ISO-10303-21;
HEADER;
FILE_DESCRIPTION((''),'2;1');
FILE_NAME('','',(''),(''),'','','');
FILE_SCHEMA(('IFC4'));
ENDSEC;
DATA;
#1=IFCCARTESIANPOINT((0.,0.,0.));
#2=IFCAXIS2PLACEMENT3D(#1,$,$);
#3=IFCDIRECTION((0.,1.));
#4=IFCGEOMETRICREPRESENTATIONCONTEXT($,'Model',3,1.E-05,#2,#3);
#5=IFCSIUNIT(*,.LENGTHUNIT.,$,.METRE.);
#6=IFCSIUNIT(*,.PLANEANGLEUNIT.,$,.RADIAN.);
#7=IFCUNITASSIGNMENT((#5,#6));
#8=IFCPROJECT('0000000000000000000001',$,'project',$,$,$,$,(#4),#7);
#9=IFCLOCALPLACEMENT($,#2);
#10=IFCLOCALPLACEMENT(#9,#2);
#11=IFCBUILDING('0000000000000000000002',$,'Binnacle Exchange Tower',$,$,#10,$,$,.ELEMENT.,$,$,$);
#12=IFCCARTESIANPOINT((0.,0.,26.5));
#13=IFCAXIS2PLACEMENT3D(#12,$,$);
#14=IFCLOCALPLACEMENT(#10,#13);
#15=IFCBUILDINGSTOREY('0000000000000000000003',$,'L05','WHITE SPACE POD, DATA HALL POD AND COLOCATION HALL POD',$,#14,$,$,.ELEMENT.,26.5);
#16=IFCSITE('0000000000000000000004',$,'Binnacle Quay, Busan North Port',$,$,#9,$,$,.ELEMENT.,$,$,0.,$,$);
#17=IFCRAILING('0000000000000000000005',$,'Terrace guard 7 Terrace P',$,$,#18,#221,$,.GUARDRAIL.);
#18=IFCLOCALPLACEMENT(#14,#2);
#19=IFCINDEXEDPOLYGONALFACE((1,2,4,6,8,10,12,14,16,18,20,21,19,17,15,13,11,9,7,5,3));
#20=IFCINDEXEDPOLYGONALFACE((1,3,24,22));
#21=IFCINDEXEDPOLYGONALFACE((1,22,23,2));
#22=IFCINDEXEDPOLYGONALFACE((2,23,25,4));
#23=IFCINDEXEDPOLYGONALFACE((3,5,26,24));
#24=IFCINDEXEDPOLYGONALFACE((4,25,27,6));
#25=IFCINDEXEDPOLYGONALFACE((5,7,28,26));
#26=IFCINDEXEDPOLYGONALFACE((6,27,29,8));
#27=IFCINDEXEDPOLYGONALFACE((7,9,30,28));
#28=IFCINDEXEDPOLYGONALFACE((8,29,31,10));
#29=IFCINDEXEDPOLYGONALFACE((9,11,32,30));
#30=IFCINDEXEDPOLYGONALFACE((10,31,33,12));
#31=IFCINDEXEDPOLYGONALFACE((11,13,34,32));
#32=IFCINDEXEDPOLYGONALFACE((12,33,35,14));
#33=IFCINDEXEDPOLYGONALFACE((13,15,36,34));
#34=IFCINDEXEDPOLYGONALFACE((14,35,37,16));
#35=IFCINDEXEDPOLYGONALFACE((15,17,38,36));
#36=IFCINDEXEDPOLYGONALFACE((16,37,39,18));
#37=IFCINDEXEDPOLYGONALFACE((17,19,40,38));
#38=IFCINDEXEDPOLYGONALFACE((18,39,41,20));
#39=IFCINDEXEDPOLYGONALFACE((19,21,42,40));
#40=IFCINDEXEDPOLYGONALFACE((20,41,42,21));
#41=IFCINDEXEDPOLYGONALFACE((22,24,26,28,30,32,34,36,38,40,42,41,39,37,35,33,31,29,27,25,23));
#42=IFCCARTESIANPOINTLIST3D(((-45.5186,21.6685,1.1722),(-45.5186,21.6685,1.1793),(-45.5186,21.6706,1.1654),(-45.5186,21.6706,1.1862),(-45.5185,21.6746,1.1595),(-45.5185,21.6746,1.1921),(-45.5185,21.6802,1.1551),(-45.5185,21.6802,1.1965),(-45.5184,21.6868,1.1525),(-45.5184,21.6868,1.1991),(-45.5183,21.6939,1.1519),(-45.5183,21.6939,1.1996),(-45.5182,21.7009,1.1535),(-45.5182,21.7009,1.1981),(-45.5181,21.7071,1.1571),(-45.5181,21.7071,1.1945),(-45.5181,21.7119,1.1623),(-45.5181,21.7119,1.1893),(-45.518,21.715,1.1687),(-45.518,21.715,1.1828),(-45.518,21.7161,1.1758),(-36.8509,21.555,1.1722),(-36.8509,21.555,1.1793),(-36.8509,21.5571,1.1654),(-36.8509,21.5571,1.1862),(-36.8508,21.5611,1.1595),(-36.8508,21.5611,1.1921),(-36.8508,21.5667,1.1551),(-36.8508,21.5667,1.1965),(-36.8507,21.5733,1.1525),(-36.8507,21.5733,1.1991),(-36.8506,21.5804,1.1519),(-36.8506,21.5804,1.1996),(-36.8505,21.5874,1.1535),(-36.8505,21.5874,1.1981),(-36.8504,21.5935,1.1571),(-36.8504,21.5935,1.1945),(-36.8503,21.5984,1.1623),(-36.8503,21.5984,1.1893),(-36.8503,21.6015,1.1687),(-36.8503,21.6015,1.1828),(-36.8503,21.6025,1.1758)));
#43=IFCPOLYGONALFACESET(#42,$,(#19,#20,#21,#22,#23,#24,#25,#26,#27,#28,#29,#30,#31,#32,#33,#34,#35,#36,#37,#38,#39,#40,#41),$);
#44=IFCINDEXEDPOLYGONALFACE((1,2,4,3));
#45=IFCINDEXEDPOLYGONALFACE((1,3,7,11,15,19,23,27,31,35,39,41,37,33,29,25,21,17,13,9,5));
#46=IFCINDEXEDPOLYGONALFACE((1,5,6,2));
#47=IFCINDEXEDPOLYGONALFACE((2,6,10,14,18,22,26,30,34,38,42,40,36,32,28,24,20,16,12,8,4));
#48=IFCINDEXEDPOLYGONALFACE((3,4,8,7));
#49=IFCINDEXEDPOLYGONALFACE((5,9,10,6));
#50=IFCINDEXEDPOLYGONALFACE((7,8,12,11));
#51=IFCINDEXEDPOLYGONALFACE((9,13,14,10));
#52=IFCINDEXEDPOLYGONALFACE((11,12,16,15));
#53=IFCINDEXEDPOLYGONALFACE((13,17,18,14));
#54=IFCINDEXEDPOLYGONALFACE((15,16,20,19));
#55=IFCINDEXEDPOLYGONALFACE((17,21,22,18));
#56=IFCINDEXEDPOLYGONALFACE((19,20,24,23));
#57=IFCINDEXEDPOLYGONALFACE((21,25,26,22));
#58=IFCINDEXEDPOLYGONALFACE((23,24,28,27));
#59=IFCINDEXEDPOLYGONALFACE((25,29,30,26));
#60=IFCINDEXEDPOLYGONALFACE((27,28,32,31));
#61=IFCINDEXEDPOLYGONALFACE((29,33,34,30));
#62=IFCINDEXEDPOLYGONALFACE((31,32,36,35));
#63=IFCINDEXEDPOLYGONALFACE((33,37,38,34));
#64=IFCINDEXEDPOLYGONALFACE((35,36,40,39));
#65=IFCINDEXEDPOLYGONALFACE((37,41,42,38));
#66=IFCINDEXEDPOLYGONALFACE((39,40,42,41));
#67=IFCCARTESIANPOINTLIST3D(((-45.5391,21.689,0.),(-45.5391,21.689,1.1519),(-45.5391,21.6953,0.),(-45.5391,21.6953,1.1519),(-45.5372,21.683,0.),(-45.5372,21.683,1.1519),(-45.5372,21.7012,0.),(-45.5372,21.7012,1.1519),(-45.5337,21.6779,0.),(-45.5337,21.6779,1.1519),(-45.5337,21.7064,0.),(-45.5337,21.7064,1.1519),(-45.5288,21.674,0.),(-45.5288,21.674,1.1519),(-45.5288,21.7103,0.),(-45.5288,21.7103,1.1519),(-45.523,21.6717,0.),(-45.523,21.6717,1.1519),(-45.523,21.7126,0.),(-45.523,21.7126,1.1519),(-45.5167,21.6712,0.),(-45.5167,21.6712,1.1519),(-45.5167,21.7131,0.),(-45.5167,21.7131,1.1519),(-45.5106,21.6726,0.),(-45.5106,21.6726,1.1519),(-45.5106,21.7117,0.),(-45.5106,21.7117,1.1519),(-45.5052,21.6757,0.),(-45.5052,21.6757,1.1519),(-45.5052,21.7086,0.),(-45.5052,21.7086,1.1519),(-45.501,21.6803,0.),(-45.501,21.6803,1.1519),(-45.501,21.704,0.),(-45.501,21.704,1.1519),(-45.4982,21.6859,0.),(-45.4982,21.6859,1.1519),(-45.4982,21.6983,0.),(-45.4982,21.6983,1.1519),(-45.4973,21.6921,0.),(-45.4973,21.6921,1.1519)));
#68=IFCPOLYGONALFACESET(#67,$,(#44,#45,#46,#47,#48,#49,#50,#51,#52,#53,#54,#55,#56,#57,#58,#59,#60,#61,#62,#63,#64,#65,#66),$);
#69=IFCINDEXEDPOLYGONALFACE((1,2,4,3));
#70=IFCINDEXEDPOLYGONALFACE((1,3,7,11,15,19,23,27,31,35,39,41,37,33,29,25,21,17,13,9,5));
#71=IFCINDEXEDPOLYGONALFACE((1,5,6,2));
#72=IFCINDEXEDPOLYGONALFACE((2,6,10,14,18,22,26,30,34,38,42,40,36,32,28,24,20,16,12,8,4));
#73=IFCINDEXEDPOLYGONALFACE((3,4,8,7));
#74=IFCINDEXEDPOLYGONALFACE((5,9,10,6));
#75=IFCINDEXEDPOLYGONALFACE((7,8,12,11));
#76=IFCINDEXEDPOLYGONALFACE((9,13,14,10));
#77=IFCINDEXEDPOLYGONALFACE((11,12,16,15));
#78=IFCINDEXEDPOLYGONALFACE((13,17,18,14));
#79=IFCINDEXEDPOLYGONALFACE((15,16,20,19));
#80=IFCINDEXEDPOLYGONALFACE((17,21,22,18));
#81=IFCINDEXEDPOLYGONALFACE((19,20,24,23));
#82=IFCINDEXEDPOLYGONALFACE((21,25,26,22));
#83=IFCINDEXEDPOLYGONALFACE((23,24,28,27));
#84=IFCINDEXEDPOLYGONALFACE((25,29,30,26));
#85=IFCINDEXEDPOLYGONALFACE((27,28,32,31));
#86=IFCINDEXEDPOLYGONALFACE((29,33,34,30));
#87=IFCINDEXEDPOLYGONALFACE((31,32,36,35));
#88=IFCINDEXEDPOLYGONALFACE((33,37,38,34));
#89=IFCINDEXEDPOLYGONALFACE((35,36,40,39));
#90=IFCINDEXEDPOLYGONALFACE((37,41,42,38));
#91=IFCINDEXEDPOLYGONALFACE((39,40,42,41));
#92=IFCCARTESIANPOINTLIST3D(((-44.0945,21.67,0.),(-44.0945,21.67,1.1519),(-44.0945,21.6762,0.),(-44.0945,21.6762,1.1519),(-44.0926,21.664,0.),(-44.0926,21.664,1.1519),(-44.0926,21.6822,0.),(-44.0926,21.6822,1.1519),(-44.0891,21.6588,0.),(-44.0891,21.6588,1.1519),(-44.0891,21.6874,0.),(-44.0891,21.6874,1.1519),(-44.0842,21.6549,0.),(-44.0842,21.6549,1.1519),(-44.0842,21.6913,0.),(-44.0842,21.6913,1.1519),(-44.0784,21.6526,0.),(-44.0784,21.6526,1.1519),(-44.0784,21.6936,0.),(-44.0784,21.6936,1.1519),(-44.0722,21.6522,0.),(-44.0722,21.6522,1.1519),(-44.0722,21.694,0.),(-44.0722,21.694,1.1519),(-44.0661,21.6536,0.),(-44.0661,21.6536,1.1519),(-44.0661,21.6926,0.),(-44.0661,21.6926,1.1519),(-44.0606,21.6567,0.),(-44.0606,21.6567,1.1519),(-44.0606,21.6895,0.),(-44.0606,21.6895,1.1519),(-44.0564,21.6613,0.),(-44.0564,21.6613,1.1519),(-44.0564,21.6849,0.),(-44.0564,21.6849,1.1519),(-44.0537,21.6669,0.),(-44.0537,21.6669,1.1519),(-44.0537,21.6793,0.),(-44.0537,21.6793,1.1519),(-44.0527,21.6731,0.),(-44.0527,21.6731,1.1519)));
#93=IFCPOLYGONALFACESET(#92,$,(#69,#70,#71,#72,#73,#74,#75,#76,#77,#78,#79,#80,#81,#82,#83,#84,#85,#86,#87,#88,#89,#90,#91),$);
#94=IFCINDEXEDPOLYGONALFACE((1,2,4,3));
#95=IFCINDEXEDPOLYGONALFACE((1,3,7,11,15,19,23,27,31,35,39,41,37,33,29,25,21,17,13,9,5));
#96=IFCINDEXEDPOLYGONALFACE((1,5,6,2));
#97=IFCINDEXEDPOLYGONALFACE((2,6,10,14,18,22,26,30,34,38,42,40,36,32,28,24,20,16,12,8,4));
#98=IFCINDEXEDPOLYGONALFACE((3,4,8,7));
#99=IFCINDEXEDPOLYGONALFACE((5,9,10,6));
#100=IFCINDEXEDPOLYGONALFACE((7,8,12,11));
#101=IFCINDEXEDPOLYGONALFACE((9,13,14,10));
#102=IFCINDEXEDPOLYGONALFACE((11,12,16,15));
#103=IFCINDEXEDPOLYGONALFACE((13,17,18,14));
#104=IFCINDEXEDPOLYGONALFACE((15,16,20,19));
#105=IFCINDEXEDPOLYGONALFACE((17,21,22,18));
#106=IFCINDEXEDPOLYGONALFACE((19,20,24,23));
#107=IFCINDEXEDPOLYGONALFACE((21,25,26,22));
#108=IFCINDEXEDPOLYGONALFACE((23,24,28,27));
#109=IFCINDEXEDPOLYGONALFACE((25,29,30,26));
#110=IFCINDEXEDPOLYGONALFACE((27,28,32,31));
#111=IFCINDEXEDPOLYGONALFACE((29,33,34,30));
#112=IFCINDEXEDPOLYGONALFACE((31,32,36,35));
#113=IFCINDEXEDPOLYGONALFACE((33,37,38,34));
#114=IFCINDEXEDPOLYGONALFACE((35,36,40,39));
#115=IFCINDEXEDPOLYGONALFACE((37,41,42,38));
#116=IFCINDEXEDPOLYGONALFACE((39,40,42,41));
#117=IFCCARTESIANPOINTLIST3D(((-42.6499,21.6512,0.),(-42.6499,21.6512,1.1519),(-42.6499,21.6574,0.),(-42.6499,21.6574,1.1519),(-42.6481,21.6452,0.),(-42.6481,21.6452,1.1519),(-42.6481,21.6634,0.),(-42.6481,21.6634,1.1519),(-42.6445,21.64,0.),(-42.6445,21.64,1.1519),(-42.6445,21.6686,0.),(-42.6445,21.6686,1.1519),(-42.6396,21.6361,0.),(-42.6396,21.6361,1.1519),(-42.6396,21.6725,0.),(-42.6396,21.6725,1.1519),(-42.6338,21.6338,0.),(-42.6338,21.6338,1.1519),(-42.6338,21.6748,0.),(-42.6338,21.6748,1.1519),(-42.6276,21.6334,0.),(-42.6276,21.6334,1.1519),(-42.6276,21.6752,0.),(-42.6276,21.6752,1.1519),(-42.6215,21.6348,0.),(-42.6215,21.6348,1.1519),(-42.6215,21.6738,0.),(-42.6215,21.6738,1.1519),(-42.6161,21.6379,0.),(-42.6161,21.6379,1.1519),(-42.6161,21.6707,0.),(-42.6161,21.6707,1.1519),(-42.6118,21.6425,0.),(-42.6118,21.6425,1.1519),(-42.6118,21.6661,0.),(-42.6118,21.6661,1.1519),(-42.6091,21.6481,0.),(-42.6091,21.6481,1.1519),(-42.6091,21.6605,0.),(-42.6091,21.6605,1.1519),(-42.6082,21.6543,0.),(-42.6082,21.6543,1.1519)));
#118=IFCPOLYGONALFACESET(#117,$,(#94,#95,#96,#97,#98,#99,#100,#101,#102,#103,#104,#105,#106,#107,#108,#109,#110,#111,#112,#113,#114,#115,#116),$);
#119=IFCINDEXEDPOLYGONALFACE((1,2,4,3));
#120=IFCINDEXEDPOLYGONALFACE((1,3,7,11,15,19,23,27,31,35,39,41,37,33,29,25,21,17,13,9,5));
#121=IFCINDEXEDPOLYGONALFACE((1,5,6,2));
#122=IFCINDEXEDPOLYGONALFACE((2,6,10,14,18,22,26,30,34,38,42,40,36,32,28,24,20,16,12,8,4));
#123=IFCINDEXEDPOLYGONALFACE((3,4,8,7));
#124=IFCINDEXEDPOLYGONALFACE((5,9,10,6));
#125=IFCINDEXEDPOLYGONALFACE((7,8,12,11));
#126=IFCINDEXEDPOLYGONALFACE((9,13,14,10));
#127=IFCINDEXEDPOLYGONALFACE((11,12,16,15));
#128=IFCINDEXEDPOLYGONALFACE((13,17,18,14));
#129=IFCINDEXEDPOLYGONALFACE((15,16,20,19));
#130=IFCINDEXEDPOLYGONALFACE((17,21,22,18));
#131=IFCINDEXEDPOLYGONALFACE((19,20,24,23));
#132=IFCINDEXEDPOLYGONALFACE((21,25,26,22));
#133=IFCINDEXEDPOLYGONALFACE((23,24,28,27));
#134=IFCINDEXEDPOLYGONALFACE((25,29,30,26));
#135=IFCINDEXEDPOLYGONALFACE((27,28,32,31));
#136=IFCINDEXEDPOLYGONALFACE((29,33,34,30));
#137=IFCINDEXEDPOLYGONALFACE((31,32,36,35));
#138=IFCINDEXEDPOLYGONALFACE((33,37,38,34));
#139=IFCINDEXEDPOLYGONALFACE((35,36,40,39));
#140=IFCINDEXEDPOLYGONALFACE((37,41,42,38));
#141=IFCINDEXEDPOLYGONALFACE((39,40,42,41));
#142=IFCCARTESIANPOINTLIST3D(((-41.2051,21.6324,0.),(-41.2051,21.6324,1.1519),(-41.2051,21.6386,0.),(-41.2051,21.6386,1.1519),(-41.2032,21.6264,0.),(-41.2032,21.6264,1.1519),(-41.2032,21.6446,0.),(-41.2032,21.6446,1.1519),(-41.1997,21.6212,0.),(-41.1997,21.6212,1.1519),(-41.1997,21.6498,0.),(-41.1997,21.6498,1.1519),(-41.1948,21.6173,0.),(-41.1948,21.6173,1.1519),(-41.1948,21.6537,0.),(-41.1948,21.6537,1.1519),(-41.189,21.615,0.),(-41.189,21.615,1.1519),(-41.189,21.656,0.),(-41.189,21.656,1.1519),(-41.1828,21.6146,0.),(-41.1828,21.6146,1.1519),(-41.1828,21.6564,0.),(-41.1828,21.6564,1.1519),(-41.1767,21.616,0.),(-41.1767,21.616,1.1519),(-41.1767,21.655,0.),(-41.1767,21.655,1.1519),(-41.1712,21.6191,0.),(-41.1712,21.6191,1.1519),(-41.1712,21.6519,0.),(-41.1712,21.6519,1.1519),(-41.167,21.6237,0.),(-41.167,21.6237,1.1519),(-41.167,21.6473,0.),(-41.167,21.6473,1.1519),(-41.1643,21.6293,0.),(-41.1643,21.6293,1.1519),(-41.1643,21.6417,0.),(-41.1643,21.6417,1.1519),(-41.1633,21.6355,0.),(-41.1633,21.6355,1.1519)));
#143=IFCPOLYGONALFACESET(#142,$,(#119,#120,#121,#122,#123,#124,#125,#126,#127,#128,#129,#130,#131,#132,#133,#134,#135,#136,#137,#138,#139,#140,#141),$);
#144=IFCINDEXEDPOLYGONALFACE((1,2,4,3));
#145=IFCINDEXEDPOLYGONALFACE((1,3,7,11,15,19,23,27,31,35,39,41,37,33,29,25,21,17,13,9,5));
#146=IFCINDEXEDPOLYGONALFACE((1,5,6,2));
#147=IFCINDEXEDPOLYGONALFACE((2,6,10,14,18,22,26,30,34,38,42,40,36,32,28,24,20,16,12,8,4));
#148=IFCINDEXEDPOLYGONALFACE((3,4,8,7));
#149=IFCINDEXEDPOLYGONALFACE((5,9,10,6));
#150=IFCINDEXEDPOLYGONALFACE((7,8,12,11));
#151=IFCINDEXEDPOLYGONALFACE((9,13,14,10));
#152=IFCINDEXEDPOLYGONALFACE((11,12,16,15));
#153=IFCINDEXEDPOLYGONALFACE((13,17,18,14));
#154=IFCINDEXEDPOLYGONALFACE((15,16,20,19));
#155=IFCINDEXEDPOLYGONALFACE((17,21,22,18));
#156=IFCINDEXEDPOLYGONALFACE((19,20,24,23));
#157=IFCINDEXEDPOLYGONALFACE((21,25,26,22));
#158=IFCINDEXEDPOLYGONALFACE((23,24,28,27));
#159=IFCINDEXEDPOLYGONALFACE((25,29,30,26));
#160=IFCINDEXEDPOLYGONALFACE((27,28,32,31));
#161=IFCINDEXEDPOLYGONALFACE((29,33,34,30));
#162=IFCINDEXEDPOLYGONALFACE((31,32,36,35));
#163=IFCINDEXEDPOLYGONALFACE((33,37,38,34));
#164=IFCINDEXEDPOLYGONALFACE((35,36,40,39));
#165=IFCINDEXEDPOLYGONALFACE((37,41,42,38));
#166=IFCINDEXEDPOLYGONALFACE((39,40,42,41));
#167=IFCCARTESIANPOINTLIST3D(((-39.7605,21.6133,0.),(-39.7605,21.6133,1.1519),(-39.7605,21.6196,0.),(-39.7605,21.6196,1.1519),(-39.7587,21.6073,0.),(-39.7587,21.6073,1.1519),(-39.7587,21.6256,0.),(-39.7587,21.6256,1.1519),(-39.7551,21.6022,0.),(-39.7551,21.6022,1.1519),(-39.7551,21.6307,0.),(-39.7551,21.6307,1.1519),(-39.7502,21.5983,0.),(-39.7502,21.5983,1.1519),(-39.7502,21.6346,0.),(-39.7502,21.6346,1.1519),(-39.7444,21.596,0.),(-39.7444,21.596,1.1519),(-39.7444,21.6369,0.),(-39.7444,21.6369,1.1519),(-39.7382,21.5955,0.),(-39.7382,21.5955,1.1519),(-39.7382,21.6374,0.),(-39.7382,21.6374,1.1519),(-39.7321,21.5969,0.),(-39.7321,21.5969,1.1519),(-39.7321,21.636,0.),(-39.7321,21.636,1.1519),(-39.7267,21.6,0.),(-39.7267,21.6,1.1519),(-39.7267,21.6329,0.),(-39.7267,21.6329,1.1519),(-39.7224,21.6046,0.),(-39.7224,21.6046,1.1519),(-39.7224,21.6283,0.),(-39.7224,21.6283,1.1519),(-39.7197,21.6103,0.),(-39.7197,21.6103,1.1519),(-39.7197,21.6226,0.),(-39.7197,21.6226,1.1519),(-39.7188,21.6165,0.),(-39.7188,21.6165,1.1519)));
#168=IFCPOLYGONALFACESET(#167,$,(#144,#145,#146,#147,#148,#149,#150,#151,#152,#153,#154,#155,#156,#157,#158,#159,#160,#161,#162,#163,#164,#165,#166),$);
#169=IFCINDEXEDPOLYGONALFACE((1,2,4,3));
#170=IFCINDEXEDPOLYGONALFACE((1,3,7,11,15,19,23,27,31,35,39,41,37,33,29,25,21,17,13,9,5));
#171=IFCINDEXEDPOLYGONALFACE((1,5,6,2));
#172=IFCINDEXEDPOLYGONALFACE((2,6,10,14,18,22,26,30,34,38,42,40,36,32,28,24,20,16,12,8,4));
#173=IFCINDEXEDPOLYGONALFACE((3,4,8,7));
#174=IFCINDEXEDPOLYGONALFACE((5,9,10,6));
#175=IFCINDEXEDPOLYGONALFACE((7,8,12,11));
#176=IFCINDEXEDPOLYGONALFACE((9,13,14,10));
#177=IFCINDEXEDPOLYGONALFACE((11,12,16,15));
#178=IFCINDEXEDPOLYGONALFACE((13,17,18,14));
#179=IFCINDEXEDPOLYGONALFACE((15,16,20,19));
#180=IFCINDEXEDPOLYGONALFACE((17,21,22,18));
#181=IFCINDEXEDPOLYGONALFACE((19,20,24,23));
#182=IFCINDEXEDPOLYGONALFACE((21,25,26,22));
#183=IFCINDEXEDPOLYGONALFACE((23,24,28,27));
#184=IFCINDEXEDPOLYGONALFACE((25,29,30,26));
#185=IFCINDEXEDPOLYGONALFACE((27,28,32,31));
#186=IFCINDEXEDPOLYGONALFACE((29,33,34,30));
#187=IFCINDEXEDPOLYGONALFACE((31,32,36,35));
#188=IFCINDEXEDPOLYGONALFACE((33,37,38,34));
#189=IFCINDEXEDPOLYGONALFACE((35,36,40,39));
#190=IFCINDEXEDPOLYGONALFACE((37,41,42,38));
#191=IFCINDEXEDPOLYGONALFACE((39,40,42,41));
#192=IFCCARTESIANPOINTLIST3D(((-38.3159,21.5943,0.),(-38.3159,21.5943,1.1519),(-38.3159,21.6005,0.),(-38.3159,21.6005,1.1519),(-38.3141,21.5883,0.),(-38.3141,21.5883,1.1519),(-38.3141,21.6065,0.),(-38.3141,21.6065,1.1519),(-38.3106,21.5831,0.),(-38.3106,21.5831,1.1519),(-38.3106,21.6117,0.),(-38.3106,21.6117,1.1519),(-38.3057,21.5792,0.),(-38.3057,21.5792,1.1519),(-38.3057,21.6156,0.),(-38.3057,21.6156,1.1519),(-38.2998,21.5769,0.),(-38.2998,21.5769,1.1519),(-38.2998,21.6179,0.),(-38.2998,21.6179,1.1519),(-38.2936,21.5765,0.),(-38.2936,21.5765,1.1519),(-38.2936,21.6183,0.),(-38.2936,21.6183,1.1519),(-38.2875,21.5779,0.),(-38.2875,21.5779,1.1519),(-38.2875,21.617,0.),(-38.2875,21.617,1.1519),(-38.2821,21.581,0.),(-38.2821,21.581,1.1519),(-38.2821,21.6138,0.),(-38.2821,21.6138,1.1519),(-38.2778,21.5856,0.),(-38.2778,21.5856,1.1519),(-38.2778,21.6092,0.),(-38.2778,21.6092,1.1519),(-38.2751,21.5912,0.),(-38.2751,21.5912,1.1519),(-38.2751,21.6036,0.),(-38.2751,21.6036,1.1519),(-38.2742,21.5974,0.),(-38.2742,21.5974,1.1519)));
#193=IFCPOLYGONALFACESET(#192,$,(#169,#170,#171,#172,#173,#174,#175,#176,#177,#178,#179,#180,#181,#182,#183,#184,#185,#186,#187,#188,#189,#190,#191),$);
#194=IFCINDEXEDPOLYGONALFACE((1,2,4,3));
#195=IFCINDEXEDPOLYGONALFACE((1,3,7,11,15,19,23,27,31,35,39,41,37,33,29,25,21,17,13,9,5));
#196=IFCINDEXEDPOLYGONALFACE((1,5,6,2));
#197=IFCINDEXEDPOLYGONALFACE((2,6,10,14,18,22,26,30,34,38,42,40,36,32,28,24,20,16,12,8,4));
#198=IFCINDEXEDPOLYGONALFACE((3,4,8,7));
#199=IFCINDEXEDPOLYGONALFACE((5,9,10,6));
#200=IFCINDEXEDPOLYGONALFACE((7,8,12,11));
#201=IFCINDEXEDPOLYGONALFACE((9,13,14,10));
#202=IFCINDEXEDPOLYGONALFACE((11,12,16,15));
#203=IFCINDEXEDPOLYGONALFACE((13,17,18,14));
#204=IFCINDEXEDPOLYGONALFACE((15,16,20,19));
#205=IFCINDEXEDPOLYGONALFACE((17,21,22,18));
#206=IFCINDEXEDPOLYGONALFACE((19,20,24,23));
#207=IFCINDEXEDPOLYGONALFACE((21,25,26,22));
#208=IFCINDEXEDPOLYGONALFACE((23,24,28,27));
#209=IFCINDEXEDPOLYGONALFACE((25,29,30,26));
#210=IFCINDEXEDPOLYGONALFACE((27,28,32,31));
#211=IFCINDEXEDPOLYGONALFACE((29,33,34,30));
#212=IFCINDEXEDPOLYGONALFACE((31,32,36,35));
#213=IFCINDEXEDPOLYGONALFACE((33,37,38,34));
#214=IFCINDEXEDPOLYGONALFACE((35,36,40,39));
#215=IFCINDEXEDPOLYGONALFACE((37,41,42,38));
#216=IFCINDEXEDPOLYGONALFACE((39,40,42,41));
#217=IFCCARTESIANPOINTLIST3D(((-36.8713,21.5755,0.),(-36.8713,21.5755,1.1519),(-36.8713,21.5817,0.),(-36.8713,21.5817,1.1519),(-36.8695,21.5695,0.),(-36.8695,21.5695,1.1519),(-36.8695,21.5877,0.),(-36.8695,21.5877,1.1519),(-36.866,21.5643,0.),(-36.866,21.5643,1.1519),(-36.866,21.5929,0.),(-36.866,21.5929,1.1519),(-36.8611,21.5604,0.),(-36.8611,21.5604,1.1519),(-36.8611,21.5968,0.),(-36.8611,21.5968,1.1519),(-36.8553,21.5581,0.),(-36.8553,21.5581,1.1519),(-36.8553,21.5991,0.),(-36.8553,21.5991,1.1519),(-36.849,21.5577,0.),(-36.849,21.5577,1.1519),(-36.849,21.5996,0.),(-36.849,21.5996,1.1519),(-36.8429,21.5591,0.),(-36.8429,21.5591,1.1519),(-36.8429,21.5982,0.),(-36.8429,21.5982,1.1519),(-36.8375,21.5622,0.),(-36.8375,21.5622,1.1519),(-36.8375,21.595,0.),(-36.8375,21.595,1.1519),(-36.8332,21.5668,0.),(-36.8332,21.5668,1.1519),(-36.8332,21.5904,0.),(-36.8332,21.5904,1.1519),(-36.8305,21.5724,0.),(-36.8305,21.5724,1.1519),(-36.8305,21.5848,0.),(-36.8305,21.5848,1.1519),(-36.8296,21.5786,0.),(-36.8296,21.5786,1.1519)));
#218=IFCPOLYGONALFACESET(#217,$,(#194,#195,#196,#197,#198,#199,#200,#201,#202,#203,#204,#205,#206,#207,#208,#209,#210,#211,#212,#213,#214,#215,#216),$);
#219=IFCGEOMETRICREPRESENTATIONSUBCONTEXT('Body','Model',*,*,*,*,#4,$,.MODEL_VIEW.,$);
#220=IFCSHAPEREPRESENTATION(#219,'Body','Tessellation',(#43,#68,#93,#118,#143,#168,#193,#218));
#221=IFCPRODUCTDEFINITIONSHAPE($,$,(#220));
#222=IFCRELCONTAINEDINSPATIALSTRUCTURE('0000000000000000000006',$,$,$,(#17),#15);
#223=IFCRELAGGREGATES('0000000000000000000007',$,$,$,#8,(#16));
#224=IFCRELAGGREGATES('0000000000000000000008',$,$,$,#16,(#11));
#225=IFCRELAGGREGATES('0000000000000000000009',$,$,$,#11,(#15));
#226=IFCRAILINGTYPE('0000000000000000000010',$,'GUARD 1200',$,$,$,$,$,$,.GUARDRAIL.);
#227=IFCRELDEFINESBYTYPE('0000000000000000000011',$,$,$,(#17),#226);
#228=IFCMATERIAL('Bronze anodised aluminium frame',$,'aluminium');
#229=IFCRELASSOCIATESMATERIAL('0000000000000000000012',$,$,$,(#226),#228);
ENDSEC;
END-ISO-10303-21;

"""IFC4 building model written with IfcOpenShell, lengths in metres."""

from ifc_helpers import new_model, si_unit, direction, frame, origin, origin_2d, place, context, subcontext, project, spatial, circle, extrude, material, type_object, element, save


model = new_model("IFC4")

# Units and contexts
model_context = context("Model", 3, precision=1e-05, world=origin(), true_north=direction((0.0, 1.0)))
body_context = subcontext(model_context, "Body", "Model", "MODEL_VIEW")
ifc_project = project(units=[si_unit("LENGTHUNIT", "METRE"), si_unit("PLANEANGLEUNIT", "RADIAN")], contexts=[model_context])

# Site, building, storey
site_placement = place(None, origin())
site = spatial("IfcSite", under=ifc_project, at=site_placement, Name="Binnacle Quay, Busan North Port", CompositionType="ELEMENT", RefElevation=0.0)
building_placement = place(site_placement, origin())
building = spatial("IfcBuilding", under=site, at=building_placement, Name="Binnacle Exchange Tower", CompositionType="ELEMENT")
storey_placement = place(building_placement, frame((0.0, 0.0, 26.5)))
storey = spatial("IfcBuildingStorey", under=building, at=storey_placement, Name="L05", Description="WHITE SPACE POD, DATA HALL POD AND COLOCATION HALL POD", CompositionType="ELEMENT", Elevation=26.5)

# Railing
ifc_material_1 = material(Name="Bronze anodised aluminium frame", Category="aluminium")
railing_type = type_object("IfcRailingType", Name="GUARD 1200", PredefinedType="GUARDRAIL", material=ifc_material_1)
railing_1_placement = place(storey_placement, frame((-45.5183, 21.6921, 0.0)))
element("IfcRailing", 1, at=railing_1_placement, inside=storey, type_object=railing_type, Name="Terrace guard 7 Terrace P", PredefinedType="GUARDRAIL", context=body_context, shape_type="SweptSolid", body=[
    extrude(circle(Radius=0.0239, at=origin_2d()), frame((0.0, 0.0, 1.1758), z_axis=(0.999914, -0.013096, 0.0), x_axis=(0.013096, 0.999914, 0.0)), (0.0, 0.0, 1.0), 8.6685),
    extrude(circle(Radius=0.021, at=origin_2d()), origin(), (0.0, 0.0, 1.0), 1.1519),
    extrude(circle(Radius=0.021, at=origin_2d()), frame((1.4446, -0.019, 0.0)), (0.0, 0.0, 1.0), 1.1519),
    extrude(circle(Radius=0.021, at=origin_2d()), frame((2.8892, -0.0378, 0.0)), (0.0, 0.0, 1.0), 1.1519),
    extrude(circle(Radius=0.021, at=origin_2d()), frame((4.334, -0.0566, 0.0)), (0.0, 0.0, 1.0), 1.1519),
    extrude(circle(Radius=0.021, at=origin_2d()), frame((5.7786, -0.0757, 0.0)), (0.0, 0.0, 1.0), 1.1519),
    extrude(circle(Radius=0.021, at=origin_2d()), frame((7.2231, -0.0947, 0.0)), (0.0, 0.0, 1.0), 1.1519),
    extrude(circle(Radius=0.021, at=origin_2d()), frame((8.6677, -0.1135, 0.0)), (0.0, 0.0, 1.0), 1.1519),
])

save(model, "model.ifc")
